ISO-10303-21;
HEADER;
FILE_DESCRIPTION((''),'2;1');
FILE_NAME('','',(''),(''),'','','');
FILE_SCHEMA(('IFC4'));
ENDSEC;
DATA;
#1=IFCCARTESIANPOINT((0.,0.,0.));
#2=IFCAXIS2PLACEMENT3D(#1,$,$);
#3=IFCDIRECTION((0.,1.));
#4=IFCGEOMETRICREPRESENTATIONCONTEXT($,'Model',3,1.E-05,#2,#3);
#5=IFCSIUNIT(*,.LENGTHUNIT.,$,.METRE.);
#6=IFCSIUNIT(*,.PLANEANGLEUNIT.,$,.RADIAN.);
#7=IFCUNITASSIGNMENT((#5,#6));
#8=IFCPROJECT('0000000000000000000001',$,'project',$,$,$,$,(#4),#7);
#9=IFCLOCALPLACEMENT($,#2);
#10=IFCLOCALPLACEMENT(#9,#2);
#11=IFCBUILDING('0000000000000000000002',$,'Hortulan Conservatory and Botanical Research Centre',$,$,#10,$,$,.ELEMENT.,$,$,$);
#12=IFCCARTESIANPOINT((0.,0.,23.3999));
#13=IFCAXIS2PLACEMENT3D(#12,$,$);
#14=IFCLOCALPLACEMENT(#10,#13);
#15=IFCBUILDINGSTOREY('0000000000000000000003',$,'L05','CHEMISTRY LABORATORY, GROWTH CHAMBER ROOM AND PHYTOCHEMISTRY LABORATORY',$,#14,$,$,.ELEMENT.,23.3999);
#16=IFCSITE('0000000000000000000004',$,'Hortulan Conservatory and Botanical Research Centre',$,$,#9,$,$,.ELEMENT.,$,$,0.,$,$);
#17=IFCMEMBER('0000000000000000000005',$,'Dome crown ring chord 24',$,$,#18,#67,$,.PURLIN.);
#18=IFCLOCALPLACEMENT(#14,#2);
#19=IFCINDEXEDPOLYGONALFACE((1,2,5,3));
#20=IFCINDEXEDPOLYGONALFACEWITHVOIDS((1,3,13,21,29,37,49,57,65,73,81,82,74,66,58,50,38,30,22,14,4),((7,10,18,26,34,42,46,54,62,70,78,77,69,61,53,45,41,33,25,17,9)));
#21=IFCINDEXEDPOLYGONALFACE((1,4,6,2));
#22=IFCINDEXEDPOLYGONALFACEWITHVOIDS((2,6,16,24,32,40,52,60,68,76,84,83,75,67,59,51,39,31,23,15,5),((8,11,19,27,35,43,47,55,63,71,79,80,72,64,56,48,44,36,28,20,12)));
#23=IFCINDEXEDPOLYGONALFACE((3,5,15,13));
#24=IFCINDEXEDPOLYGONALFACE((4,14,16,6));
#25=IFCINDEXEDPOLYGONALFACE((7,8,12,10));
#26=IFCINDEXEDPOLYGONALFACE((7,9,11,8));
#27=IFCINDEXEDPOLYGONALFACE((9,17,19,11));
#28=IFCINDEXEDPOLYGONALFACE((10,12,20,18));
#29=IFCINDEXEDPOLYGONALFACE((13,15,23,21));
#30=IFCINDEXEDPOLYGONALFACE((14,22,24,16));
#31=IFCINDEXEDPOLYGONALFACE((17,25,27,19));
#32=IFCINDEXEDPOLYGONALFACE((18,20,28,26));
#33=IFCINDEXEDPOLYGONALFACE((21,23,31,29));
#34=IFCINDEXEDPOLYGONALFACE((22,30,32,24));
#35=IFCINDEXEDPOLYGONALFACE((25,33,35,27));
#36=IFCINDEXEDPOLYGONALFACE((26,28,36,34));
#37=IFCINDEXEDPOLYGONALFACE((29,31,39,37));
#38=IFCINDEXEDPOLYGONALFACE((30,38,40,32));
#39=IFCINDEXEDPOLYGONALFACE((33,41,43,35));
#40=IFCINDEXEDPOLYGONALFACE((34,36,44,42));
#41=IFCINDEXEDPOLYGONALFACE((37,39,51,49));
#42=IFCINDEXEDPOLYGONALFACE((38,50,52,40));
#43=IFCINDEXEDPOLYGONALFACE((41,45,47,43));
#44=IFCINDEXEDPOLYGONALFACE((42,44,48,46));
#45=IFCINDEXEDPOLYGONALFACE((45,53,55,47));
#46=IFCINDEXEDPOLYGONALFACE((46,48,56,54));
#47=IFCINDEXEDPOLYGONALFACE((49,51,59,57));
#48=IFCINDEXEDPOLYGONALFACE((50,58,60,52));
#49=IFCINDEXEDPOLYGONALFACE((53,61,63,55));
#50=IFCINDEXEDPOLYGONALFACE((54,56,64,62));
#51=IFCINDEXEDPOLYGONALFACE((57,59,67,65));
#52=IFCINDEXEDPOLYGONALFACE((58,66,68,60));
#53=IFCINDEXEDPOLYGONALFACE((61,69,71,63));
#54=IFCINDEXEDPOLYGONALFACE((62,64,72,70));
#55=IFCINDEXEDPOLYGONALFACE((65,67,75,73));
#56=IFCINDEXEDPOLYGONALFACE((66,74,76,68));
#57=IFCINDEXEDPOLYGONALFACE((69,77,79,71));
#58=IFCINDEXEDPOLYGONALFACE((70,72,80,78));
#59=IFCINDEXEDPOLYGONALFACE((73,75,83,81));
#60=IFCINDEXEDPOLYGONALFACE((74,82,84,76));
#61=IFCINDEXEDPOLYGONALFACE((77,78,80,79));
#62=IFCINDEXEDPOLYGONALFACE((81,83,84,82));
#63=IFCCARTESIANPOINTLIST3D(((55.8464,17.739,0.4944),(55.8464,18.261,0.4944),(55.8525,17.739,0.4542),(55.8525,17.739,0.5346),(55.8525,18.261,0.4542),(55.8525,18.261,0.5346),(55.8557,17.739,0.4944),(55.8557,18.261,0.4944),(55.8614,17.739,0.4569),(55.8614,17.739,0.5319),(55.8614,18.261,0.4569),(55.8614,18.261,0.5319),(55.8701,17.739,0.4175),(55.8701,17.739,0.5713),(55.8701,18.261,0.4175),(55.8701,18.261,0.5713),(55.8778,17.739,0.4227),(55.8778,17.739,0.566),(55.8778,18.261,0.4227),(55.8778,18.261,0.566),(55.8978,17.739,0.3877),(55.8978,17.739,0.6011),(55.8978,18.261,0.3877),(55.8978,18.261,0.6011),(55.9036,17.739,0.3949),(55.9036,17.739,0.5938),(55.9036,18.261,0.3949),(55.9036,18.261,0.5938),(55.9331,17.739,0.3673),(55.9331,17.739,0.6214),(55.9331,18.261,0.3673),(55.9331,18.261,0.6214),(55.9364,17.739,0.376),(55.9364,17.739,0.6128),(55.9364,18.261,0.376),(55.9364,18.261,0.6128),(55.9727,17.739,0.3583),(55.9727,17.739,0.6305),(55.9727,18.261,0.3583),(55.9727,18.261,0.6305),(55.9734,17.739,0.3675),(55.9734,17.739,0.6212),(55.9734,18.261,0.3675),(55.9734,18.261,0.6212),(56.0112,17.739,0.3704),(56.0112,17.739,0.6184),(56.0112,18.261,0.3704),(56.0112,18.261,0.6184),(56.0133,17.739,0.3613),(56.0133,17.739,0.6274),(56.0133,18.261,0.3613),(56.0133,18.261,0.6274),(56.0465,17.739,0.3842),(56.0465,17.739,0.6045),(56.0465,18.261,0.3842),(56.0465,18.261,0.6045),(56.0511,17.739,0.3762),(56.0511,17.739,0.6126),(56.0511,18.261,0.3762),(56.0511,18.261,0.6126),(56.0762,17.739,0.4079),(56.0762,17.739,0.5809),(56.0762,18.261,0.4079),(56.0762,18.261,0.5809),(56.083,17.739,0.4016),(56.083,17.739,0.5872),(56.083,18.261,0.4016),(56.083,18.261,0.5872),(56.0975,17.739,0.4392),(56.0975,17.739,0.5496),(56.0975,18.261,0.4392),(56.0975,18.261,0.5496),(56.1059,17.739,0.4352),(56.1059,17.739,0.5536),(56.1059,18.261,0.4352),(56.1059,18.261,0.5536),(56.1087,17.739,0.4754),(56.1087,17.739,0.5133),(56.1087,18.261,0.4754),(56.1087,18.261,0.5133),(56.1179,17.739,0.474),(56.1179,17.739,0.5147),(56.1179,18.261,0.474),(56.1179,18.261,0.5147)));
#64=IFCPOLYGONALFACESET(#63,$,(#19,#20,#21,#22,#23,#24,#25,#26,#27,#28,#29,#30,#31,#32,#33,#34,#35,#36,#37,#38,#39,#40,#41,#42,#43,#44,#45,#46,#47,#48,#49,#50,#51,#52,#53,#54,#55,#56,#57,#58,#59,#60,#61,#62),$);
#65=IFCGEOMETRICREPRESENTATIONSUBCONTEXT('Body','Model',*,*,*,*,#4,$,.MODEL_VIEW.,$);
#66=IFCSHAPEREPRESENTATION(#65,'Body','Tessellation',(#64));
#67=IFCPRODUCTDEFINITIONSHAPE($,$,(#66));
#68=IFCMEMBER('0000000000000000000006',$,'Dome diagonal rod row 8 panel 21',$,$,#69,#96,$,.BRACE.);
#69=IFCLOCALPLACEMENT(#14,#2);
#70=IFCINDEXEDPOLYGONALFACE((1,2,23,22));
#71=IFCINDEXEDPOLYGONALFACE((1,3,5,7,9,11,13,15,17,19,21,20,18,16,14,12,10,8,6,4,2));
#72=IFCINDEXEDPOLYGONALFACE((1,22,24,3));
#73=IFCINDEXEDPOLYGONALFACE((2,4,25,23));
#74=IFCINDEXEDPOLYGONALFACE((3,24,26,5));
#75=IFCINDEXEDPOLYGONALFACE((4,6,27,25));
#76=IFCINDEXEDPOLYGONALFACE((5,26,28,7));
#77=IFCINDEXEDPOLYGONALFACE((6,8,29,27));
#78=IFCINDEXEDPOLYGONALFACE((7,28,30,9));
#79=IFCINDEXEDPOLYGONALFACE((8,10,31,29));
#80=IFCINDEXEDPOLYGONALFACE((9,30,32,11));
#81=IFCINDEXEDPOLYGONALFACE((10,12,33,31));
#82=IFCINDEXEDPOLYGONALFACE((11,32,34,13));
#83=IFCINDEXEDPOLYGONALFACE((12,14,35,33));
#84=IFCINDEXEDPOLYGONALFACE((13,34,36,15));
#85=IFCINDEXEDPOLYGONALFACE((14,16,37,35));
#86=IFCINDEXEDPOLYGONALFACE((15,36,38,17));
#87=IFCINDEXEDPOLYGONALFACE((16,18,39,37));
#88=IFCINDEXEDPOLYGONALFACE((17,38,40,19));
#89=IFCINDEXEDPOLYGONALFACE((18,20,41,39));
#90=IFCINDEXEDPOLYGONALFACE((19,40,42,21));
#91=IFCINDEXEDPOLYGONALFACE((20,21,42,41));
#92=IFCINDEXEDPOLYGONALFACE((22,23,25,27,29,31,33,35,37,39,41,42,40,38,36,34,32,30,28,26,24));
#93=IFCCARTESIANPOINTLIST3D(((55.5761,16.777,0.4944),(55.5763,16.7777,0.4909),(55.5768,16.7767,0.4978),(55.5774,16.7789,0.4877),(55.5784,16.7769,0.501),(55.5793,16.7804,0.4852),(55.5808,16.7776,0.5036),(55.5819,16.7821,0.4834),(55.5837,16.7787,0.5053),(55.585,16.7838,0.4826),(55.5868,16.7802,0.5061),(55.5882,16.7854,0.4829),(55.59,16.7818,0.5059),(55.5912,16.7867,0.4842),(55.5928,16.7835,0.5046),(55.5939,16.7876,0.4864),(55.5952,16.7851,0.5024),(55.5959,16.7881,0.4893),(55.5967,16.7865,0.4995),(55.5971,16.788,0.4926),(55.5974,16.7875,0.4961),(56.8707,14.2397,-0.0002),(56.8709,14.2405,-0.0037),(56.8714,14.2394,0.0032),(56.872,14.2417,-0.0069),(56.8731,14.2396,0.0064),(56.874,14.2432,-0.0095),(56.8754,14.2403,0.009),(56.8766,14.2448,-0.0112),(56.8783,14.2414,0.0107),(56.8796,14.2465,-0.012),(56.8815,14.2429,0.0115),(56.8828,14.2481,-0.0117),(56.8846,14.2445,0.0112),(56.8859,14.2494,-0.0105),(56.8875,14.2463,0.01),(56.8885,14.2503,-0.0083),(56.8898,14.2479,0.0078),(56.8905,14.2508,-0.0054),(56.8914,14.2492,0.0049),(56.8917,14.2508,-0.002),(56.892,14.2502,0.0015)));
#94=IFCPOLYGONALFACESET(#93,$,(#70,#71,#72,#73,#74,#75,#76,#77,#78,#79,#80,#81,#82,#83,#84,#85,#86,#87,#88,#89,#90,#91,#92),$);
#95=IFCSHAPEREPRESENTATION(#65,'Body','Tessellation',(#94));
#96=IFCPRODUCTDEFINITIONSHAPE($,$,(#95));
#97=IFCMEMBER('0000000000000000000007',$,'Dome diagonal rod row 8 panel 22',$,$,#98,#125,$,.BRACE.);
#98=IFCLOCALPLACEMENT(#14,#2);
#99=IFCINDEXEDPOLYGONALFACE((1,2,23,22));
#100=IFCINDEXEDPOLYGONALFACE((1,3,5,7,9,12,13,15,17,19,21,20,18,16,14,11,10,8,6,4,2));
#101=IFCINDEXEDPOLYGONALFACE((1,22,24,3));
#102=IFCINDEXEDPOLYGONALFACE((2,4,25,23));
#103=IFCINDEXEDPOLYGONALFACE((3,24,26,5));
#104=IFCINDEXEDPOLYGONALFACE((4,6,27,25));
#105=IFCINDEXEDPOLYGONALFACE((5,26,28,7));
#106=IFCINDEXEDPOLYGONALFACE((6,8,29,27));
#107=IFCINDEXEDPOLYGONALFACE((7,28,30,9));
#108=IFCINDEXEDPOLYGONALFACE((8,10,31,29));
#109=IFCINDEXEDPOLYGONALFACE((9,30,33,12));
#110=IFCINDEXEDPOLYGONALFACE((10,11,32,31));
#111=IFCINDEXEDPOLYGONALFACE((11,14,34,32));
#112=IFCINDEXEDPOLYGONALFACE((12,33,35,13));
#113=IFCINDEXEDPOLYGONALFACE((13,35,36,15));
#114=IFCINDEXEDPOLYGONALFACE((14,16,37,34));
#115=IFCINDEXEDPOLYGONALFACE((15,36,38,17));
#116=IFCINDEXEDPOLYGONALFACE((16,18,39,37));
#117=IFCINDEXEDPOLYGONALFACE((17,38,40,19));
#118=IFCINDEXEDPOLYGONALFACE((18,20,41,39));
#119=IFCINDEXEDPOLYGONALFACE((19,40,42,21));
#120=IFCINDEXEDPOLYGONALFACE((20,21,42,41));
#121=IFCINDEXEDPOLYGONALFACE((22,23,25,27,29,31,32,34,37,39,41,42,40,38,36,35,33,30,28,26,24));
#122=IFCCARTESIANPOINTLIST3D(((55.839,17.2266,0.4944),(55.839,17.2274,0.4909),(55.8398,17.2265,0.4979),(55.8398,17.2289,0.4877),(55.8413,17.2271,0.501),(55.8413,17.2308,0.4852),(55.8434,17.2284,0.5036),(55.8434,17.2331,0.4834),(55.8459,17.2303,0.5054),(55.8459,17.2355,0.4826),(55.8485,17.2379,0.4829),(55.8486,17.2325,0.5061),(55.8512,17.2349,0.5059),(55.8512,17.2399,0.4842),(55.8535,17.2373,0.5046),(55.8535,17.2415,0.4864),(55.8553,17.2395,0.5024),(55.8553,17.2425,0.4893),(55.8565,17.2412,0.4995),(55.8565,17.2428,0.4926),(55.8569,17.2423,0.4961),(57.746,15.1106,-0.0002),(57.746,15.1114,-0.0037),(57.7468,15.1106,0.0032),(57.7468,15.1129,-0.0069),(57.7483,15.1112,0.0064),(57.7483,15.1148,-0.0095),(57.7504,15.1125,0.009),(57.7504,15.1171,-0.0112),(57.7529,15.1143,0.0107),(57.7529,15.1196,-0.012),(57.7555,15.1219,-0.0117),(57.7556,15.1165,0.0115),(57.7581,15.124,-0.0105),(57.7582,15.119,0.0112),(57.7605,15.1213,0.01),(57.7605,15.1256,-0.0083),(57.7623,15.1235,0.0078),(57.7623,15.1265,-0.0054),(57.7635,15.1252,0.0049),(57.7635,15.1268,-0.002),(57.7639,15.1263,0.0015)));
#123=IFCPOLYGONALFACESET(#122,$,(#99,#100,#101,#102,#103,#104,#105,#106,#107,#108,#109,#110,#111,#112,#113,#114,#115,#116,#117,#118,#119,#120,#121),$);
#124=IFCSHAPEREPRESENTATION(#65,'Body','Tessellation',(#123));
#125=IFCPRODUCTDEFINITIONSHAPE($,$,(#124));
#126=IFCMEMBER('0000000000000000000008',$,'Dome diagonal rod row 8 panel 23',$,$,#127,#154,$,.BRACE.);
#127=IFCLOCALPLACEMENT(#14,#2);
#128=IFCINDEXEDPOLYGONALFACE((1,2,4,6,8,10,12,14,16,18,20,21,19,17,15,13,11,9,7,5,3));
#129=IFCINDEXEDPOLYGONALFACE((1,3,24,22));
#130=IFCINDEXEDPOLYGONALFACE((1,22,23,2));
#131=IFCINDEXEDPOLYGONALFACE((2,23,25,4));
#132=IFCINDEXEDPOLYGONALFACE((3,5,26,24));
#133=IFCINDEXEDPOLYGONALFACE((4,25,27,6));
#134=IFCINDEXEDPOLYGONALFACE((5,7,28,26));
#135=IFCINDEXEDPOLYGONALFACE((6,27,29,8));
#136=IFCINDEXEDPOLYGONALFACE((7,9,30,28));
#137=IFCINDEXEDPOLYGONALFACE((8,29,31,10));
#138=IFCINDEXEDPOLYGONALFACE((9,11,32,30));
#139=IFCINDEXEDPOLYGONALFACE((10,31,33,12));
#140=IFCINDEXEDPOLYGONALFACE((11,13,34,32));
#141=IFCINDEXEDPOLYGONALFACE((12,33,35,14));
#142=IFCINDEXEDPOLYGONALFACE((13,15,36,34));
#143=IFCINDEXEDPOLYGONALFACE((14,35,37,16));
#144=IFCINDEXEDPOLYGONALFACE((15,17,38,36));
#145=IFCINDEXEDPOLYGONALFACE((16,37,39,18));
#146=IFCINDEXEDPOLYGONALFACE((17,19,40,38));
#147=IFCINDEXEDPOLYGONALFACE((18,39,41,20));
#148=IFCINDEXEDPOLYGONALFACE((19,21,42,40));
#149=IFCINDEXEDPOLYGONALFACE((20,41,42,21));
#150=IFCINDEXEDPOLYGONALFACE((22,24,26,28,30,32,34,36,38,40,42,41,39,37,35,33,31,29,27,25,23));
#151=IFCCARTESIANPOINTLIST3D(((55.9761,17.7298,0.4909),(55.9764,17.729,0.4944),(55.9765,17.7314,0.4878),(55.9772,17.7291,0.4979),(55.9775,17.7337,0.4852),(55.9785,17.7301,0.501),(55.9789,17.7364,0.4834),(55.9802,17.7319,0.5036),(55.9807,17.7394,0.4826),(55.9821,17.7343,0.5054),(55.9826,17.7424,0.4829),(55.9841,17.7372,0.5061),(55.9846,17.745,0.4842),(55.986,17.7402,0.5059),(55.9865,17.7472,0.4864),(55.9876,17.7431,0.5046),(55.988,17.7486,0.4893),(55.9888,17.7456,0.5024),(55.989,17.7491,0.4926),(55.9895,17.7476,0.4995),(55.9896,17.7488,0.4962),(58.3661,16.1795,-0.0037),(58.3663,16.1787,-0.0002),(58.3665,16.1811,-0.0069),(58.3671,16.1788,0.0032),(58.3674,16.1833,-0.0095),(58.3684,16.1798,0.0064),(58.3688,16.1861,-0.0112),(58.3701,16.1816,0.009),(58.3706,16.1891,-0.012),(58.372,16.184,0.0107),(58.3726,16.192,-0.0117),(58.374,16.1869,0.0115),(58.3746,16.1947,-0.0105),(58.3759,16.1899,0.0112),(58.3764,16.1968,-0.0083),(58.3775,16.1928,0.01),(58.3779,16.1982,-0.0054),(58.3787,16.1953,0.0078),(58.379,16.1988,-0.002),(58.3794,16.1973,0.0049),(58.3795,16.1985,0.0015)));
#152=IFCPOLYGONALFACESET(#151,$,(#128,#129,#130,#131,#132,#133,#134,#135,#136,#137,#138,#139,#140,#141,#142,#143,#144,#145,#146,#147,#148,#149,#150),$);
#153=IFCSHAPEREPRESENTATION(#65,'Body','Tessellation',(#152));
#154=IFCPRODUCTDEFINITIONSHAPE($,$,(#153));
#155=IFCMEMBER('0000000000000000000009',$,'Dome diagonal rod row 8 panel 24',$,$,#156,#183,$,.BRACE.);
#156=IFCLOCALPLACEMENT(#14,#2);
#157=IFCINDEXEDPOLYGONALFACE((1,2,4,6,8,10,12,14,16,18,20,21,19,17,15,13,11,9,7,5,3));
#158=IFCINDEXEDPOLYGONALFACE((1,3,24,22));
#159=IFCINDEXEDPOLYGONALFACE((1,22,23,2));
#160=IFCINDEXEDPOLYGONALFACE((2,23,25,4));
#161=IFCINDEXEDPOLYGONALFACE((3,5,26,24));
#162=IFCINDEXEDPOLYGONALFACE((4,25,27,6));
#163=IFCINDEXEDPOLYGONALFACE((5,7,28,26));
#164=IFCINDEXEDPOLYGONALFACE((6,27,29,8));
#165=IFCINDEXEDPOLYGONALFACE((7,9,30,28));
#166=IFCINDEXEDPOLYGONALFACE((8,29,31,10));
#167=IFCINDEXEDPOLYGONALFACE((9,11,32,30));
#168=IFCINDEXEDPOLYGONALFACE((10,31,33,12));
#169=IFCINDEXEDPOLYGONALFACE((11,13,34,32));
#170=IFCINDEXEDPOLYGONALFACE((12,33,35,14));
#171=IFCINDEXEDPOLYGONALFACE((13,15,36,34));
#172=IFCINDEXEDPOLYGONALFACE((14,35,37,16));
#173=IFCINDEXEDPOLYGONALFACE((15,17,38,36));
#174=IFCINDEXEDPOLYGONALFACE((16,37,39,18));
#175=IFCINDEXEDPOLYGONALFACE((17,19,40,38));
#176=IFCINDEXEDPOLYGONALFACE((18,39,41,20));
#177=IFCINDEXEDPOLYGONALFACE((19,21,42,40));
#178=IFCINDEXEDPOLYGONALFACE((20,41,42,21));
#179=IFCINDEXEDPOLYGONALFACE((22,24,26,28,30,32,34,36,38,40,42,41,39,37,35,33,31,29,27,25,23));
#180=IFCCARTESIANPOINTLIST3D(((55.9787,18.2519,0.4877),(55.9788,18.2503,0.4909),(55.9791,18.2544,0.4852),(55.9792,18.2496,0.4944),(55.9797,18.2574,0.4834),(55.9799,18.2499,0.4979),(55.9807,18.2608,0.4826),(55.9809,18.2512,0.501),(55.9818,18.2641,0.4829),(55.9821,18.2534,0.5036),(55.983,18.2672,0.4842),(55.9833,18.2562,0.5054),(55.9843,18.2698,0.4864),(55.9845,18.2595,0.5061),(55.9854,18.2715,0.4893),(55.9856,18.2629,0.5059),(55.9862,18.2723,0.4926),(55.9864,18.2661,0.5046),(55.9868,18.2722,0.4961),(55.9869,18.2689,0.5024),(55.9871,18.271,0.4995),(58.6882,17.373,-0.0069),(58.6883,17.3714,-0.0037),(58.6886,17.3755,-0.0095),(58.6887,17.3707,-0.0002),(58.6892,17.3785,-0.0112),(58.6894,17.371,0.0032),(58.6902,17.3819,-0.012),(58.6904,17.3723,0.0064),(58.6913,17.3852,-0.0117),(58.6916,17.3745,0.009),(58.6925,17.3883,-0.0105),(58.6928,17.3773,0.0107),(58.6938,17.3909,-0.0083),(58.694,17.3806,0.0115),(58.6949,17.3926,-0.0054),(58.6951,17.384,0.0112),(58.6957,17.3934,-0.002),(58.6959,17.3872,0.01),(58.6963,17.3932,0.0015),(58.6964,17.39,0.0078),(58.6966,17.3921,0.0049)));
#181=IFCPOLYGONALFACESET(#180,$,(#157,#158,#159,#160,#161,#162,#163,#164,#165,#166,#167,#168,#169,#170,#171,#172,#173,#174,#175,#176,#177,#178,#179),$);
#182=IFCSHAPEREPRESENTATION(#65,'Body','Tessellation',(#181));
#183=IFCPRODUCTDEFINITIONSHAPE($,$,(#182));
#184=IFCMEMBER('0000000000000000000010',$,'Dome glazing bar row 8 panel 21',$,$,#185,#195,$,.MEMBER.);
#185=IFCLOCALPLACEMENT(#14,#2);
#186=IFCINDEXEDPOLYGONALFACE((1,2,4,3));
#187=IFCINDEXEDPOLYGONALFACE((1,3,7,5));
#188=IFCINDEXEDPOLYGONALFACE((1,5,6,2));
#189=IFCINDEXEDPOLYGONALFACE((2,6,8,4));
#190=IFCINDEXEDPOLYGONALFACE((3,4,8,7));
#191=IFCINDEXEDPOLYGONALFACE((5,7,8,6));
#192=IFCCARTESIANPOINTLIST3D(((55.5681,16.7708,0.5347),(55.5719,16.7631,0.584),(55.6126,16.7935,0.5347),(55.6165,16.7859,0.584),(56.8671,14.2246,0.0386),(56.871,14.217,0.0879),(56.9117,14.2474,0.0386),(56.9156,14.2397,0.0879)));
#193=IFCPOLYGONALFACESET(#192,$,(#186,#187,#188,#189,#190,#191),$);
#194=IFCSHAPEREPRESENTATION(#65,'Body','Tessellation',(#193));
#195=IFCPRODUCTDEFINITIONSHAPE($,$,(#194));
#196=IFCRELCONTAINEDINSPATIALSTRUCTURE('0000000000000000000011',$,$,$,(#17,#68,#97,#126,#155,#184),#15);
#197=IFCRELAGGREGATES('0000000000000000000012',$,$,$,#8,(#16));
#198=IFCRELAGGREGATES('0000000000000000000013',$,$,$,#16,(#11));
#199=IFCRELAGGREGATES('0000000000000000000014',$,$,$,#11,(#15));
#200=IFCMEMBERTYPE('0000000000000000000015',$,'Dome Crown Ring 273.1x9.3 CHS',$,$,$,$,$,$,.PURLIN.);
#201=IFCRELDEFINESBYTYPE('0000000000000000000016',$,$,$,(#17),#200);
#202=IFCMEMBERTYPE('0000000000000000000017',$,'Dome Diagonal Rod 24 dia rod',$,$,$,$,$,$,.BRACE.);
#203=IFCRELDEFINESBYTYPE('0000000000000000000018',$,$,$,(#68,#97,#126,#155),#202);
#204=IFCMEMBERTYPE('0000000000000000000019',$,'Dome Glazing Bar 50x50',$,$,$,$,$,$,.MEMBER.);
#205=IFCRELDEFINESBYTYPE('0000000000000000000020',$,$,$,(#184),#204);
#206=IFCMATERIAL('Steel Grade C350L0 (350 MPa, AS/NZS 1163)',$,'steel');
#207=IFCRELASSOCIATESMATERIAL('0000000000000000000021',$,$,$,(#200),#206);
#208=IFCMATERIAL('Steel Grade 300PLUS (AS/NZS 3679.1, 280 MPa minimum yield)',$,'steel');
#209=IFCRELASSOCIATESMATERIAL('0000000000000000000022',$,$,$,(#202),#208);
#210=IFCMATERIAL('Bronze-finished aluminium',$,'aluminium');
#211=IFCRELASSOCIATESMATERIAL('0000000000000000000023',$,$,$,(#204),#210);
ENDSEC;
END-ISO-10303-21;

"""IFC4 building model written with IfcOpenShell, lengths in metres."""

from ifc_helpers import new_model, si_unit, direction, frame, origin, origin_2d, place, context, subcontext, project, spatial, rectangle, circle, hollow_circle, extrude, material, material_profile, profile_set, type_object, element, save


model = new_model("IFC4")

# Units and contexts
model_context = context("Model", 3, precision=1e-05, world=origin(), true_north=direction((0.0, 1.0)))
body_context = subcontext(model_context, "Body", "Model", "MODEL_VIEW")
ifc_project = project(units=[si_unit("LENGTHUNIT", "METRE"), si_unit("PLANEANGLEUNIT", "RADIAN")], contexts=[model_context])

# Site, building, storey
site_placement = place(None, origin())
site = spatial("IfcSite", under=ifc_project, at=site_placement, Name="Hortulan Conservatory and Botanical Research Centre", CompositionType="ELEMENT", RefElevation=0.0)
building_placement = place(site_placement, origin())
building = spatial("IfcBuilding", under=site, at=building_placement, Name="Hortulan Conservatory and Botanical Research Centre", CompositionType="ELEMENT")
storey_placement = place(building_placement, frame((0.0, 0.0, 23.3999)))
storey = spatial("IfcBuildingStorey", under=building, at=storey_placement, Name="L05", Description="CHEMISTRY LABORATORY, GROWTH CHAMBER ROOM AND PHYTOCHEMISTRY LABORATORY", CompositionType="ELEMENT", Elevation=23.3999)

# Members
ifc_material_1 = material(Name="Steel Grade C350L0 (350 MPa, AS/NZS 1163)", Category="steel")
ifc_material_profile_1 = material_profile(ifc_material_1, hollow_circle(Radius=0.1365, WallThickness=0.0093, at=origin_2d()), Name="273.1x9.3CHS")
ifc_profile_set_1 = profile_set([ifc_material_profile_1], Name="Steel Grade C350L0 (350 MPa, AS/NZS 1163)")
member_type_1 = type_object("IfcMemberType", Name="Dome Crown Ring 273.1x9.3 CHS", PredefinedType="PURLIN", material=ifc_profile_set_1)
member_1_placement = place(storey_placement, frame((55.9829, 17.739, 0.4944), z_axis=(0.0, 1.0, 0.0), x_axis=(-1.0, 0.0, 0.0)))
element("IfcMember", 1, at=member_1_placement, inside=storey, type_object=member_type_1, Name="Dome crown ring chord 24", PredefinedType="PURLIN", context=body_context, shape_type="SweptSolid", body=[
    extrude(hollow_circle(Radius=0.1365, WallThickness=0.0093, at=origin_2d()), origin(), (0.0, 0.0, 1.0), 0.522),
])
ifc_material_2 = material(Name="Steel Grade 300PLUS (AS/NZS 3679.1, 280 MPa minimum yield)", Category="steel")
ifc_material_profile_2 = material_profile(ifc_material_2, circle(Radius=0.012, at=origin_2d()), Name="24 dia rod")
ifc_profile_set_2 = profile_set([ifc_material_profile_2], Name="Steel Grade 300PLUS (AS/NZS 3679.1, 280 MPa minimum yield)")
member_type_2 = type_object("IfcMemberType", Name="Dome Diagonal Rod 24 dia rod", PredefinedType="BRACE", material=ifc_profile_set_2)
for number, where, z_axis, x_axis, name in (
    (2, (56.8813, 14.2451, -0.0002), (-0.4478, 0.877614, 0.171081), (-0.890746, -0.454501, 0.0), "Dome diagonal rod row 8 panel 21"),
    (3, (57.7549, 15.1187, -0.0002), (-0.659601, 0.731886, 0.171086), (-0.742838, -0.669471, 0.0), "Dome diagonal rod row 8 panel 22"),
):
    element("IfcMember", number, at=place(storey_placement, frame(where, z_axis=z_axis, x_axis=x_axis)), inside=storey, type_object=member_type_2, Name=name, PredefinedType="BRACE", context=body_context, shape_type="SweptSolid", body=[
        extrude(circle(Radius=0.012, at=origin_2d()), origin(), (0.0, 0.0, 1.0), 2.8911),
    ])
member_2_placement = place(storey_placement, frame((58.3728, 16.1887, -0.0002), z_axis=(-0.826579, 0.536191, 0.171075), x_axis=(-0.544214, -0.838946, 0.0)))
element("IfcMember", 4, at=member_2_placement, inside=storey, type_object=member_type_2, Name="Dome diagonal rod row 8 panel 23", PredefinedType="BRACE", context=body_context, shape_type="SweptSolid", body=[
    extrude(circle(Radius=0.012, at=origin_2d()), origin(), (0.0, 0.0, 1.0), 2.8914),
])
member_3_placement = place(storey_placement, frame((58.6924, 17.3821, -0.0002), z_axis=(-0.937182, 0.304006, 0.171088), x_axis=(-0.308555, -0.951207, 0.0)))
element("IfcMember", 5, at=member_3_placement, inside=storey, type_object=member_type_2, Name="Dome diagonal rod row 8 panel 24", PredefinedType="BRACE", context=body_context, shape_type="SweptSolid", body=[
    extrude(circle(Radius=0.012, at=origin_2d()), origin(), (0.0, 0.0, 1.0), 2.8911),
])
ifc_material_3 = material(Name="Bronze-finished aluminium", Category="aluminium")
ifc_material_profile_3 = material_profile(ifc_material_3, rectangle(XDim=0.05, YDim=0.05, at=origin_2d()), Name="Square bar 50x50")
ifc_profile_set_3 = profile_set([ifc_material_profile_3], Name="Bronze-finished aluminium")
member_type_3 = type_object("IfcMemberType", Name="Dome Glazing Bar 50x50", PredefinedType="MEMBER", material=ifc_profile_set_3)
for number, where, z_axis, x_axis, name in (
    (6, (56.8914, 14.2322, 0.0632), (-0.447782, 0.877639, 0.171), (-0.890759, -0.454476, 0.0), "Dome glazing bar row 8 panel 21"),
):
    element("IfcMember", number, at=place(storey_placement, frame(where, z_axis=z_axis, x_axis=x_axis)), inside=storey, type_object=member_type_3, Name=name, PredefinedType="MEMBER", context=body_context, shape_type="SweptSolid", body=[
        extrude(rectangle(XDim=0.05, YDim=0.05, at=origin_2d()), origin(), (0.0, 0.0, 1.0), 2.9011),
    ])

save(model, "model.ifc")
